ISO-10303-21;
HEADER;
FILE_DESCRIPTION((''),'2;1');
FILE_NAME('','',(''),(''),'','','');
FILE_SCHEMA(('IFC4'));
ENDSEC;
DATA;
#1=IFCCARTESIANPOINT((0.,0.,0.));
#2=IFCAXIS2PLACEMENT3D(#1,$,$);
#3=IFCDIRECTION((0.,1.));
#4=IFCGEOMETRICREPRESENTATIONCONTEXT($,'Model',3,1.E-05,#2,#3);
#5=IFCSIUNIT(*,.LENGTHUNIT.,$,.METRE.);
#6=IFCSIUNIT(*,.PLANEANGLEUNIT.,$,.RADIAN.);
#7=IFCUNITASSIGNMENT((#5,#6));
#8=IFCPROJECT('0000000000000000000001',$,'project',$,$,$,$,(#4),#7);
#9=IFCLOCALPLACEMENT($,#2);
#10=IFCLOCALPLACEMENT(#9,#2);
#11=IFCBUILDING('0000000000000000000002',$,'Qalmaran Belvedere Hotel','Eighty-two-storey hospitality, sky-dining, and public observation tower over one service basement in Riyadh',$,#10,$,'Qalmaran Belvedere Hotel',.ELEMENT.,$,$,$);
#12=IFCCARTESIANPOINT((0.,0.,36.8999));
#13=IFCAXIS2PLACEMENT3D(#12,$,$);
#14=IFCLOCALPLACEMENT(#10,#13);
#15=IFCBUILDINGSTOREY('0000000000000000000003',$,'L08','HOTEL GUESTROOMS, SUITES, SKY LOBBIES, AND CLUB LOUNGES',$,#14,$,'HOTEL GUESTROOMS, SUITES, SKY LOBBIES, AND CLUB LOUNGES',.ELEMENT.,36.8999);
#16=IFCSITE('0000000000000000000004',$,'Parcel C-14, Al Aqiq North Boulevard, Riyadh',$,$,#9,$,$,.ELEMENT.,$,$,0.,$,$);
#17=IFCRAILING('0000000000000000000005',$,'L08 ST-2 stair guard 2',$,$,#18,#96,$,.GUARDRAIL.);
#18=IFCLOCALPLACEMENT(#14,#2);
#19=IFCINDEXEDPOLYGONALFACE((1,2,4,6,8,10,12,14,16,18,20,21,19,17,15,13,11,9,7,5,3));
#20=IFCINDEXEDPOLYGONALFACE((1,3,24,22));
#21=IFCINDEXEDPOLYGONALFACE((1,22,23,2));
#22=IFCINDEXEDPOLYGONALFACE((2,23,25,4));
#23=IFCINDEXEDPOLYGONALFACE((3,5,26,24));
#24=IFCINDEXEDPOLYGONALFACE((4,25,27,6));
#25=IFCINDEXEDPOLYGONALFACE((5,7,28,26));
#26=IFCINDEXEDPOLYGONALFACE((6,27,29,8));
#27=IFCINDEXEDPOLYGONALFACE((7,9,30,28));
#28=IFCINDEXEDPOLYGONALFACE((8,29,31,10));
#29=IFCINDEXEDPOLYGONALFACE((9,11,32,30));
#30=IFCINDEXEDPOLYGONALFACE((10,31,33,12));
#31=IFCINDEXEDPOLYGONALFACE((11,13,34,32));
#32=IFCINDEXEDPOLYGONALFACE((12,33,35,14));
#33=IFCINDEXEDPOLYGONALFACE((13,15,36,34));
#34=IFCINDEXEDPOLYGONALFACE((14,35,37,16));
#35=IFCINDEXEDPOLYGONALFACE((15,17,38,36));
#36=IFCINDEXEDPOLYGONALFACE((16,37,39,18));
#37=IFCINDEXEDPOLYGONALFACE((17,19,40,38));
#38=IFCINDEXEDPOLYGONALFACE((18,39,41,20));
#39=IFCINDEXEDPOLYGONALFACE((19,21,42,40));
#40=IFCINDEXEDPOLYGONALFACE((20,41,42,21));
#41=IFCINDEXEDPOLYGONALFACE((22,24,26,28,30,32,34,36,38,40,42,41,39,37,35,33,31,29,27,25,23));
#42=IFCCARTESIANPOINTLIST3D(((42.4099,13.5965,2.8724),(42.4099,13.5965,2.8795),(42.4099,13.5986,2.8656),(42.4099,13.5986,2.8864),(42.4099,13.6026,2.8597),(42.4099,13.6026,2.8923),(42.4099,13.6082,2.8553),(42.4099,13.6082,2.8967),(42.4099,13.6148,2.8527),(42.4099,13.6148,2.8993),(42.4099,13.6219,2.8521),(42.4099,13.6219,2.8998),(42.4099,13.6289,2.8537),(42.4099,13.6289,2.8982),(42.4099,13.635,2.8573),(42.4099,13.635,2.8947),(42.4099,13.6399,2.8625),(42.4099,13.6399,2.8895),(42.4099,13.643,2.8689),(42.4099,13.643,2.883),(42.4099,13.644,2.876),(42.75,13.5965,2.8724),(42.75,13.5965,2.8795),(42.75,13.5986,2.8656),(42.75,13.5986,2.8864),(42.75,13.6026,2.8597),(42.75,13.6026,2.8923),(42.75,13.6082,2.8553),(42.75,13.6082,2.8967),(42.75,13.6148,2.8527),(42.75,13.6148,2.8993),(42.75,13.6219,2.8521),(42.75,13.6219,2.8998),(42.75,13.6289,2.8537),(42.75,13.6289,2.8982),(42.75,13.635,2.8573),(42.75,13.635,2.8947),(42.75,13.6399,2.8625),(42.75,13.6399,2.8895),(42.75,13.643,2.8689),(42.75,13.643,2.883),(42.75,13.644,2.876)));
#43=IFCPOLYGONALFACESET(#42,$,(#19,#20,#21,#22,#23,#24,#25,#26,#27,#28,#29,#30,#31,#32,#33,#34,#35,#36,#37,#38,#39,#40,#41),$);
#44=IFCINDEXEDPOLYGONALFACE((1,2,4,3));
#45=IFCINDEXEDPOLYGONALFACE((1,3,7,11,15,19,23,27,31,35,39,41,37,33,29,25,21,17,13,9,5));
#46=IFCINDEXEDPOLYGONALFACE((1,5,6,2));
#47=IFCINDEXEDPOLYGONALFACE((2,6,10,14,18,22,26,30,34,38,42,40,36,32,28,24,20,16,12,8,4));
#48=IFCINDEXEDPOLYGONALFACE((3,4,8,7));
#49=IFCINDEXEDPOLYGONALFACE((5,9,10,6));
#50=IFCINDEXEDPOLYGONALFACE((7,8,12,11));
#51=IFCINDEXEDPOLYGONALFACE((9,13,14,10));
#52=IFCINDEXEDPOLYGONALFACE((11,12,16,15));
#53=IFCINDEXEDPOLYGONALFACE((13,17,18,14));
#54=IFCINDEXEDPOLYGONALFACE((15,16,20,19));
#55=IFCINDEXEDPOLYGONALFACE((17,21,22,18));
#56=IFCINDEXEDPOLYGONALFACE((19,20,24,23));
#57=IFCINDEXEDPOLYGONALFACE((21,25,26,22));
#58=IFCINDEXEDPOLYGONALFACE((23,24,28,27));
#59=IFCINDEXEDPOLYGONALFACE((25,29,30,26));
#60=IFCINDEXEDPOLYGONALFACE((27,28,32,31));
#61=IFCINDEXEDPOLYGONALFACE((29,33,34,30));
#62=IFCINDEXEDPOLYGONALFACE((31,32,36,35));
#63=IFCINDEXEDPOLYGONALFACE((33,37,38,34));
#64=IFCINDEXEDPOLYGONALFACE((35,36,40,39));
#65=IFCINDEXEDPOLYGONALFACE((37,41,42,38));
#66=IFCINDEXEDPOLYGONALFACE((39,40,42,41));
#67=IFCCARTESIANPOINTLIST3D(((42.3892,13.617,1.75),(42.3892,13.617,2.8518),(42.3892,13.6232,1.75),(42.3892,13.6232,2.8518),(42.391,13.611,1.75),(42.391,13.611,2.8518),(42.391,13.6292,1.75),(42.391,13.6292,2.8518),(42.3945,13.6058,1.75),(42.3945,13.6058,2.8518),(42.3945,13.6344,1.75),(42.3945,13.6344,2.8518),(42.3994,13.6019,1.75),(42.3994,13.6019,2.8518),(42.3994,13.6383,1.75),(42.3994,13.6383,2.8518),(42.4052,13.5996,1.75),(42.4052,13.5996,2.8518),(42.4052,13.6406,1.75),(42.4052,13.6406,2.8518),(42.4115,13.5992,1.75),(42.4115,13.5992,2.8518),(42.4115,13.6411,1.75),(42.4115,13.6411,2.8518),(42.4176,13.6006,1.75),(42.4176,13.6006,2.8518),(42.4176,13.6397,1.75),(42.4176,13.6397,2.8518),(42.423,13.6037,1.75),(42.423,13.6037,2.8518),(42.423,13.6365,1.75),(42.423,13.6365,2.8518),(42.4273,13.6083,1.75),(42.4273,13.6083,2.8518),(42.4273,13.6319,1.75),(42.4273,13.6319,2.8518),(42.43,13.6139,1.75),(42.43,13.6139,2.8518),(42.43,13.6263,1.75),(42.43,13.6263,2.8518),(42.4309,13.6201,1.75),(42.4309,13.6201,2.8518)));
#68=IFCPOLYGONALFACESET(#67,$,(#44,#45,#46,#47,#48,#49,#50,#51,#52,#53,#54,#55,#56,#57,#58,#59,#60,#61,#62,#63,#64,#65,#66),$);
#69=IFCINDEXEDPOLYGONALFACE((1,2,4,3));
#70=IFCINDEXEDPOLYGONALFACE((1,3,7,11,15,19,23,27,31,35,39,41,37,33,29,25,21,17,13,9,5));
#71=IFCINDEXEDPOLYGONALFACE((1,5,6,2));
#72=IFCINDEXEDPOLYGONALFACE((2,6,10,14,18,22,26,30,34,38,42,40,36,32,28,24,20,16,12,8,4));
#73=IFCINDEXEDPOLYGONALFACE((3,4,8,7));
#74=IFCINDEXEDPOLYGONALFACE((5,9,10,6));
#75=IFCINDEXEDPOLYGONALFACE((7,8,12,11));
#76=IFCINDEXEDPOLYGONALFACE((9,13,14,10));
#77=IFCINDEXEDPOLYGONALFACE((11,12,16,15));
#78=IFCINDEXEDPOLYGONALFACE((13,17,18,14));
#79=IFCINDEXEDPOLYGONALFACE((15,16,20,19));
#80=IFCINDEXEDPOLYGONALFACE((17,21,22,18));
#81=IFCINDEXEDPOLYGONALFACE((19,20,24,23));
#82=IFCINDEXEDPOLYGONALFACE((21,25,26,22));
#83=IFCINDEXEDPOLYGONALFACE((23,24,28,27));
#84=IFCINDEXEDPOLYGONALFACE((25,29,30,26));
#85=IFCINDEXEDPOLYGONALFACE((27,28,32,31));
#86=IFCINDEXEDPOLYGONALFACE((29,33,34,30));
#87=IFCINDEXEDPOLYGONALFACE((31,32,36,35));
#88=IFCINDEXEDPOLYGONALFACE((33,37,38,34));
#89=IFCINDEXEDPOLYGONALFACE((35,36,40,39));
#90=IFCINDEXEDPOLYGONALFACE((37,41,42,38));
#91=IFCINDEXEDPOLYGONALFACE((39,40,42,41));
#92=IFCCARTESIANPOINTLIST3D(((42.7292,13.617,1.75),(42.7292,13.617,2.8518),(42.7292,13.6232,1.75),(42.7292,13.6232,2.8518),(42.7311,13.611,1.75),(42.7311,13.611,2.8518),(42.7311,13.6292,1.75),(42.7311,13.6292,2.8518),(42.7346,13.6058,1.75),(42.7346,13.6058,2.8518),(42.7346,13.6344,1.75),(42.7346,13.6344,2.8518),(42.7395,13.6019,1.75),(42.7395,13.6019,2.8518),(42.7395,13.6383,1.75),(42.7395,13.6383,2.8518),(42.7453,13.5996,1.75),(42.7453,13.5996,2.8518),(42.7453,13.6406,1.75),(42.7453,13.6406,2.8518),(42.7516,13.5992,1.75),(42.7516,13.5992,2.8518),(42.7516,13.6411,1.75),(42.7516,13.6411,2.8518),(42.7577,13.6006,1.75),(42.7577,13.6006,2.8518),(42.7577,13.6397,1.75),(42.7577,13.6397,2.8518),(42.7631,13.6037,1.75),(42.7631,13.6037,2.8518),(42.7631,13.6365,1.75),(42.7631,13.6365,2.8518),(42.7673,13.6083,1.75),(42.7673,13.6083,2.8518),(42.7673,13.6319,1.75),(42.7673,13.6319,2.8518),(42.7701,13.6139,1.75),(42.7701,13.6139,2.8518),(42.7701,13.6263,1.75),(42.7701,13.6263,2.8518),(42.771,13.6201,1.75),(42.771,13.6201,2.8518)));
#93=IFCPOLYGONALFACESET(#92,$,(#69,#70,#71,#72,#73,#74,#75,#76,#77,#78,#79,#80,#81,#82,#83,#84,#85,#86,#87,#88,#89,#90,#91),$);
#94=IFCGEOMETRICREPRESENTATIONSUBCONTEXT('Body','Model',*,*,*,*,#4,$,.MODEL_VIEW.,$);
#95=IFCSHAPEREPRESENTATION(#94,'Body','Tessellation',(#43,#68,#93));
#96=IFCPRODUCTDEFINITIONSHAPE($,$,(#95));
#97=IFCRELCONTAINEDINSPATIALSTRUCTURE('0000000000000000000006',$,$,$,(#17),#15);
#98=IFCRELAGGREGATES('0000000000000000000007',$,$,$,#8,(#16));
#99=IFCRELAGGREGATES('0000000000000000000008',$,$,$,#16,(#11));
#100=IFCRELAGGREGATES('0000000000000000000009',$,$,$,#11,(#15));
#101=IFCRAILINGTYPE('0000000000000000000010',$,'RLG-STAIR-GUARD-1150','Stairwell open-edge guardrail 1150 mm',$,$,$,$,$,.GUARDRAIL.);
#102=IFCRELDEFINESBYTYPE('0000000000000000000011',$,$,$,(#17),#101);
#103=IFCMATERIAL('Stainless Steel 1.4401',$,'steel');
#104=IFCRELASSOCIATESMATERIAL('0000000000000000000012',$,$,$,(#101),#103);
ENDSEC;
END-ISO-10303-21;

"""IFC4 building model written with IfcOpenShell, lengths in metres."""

from ifc_helpers import new_model, si_unit, direction, frame, origin, origin_2d, place, context, subcontext, project, spatial, circle, extrude, material, type_object, element, save


model = new_model("IFC4")

# Units and contexts
model_context = context("Model", 3, precision=1e-05, world=origin(), true_north=direction((0.0, 1.0)))
body_context = subcontext(model_context, "Body", "Model", "MODEL_VIEW")
ifc_project = project(units=[si_unit("LENGTHUNIT", "METRE"), si_unit("PLANEANGLEUNIT", "RADIAN")], contexts=[model_context])

# Site, building, storey
site_placement = place(None, origin())
site = spatial("IfcSite", under=ifc_project, at=site_placement, Name="Parcel C-14, Al Aqiq North Boulevard, Riyadh", CompositionType="ELEMENT", RefElevation=0.0)
building_placement = place(site_placement, origin())
building = spatial("IfcBuilding", under=site, at=building_placement, Name="Qalmaran Belvedere Hotel", Description="Eighty-two-storey hospitality, sky-dining, and public observation tower over one service basement in Riyadh", LongName="Qalmaran Belvedere Hotel", CompositionType="ELEMENT")
storey_placement = place(building_placement, frame((0.0, 0.0, 36.8999)))
storey = spatial("IfcBuildingStorey", under=building, at=storey_placement, Name="L08", Description="HOTEL GUESTROOMS, SUITES, SKY LOBBIES, AND CLUB LOUNGES", LongName="HOTEL GUESTROOMS, SUITES, SKY LOBBIES, AND CLUB LOUNGES", CompositionType="ELEMENT", Elevation=36.8999)

# Shared definitions
ifc_material_1 = material(Name="Stainless Steel 1.4401", Category="steel")

# Railing
railing_type_1 = type_object("IfcRailingType", Name="RLG-STAIR-GUARD-1150", Description="Stairwell open-edge guardrail 1150 mm", PredefinedType="GUARDRAIL", material=ifc_material_1)
railing_1_placement = place(storey_placement, frame((42.4099, 13.6201, 1.75)))
element("IfcRailing", 1, at=railing_1_placement, inside=storey, type_object=railing_type_1, Name="L08 ST-2 stair guard 2", PredefinedType="GUARDRAIL", context=body_context, shape_type="SweptSolid", body=[
    extrude(circle(Radius=0.0239, at=origin_2d()), frame((0.0, 0.0, 1.126), z_axis=(1.0, 0.0, 0.0), x_axis=(0.0, 1.0, 0.0)), (0.0, 0.0, 1.0), 0.3401),
    extrude(circle(Radius=0.021, at=origin_2d()), origin(), (0.0, 0.0, 1.0), 1.1018),
    extrude(circle(Radius=0.021, at=origin_2d()), frame((0.3401, 0.0, 0.0)), (0.0, 0.0, 1.0), 1.1018),
])

save(model, "model.ifc")
